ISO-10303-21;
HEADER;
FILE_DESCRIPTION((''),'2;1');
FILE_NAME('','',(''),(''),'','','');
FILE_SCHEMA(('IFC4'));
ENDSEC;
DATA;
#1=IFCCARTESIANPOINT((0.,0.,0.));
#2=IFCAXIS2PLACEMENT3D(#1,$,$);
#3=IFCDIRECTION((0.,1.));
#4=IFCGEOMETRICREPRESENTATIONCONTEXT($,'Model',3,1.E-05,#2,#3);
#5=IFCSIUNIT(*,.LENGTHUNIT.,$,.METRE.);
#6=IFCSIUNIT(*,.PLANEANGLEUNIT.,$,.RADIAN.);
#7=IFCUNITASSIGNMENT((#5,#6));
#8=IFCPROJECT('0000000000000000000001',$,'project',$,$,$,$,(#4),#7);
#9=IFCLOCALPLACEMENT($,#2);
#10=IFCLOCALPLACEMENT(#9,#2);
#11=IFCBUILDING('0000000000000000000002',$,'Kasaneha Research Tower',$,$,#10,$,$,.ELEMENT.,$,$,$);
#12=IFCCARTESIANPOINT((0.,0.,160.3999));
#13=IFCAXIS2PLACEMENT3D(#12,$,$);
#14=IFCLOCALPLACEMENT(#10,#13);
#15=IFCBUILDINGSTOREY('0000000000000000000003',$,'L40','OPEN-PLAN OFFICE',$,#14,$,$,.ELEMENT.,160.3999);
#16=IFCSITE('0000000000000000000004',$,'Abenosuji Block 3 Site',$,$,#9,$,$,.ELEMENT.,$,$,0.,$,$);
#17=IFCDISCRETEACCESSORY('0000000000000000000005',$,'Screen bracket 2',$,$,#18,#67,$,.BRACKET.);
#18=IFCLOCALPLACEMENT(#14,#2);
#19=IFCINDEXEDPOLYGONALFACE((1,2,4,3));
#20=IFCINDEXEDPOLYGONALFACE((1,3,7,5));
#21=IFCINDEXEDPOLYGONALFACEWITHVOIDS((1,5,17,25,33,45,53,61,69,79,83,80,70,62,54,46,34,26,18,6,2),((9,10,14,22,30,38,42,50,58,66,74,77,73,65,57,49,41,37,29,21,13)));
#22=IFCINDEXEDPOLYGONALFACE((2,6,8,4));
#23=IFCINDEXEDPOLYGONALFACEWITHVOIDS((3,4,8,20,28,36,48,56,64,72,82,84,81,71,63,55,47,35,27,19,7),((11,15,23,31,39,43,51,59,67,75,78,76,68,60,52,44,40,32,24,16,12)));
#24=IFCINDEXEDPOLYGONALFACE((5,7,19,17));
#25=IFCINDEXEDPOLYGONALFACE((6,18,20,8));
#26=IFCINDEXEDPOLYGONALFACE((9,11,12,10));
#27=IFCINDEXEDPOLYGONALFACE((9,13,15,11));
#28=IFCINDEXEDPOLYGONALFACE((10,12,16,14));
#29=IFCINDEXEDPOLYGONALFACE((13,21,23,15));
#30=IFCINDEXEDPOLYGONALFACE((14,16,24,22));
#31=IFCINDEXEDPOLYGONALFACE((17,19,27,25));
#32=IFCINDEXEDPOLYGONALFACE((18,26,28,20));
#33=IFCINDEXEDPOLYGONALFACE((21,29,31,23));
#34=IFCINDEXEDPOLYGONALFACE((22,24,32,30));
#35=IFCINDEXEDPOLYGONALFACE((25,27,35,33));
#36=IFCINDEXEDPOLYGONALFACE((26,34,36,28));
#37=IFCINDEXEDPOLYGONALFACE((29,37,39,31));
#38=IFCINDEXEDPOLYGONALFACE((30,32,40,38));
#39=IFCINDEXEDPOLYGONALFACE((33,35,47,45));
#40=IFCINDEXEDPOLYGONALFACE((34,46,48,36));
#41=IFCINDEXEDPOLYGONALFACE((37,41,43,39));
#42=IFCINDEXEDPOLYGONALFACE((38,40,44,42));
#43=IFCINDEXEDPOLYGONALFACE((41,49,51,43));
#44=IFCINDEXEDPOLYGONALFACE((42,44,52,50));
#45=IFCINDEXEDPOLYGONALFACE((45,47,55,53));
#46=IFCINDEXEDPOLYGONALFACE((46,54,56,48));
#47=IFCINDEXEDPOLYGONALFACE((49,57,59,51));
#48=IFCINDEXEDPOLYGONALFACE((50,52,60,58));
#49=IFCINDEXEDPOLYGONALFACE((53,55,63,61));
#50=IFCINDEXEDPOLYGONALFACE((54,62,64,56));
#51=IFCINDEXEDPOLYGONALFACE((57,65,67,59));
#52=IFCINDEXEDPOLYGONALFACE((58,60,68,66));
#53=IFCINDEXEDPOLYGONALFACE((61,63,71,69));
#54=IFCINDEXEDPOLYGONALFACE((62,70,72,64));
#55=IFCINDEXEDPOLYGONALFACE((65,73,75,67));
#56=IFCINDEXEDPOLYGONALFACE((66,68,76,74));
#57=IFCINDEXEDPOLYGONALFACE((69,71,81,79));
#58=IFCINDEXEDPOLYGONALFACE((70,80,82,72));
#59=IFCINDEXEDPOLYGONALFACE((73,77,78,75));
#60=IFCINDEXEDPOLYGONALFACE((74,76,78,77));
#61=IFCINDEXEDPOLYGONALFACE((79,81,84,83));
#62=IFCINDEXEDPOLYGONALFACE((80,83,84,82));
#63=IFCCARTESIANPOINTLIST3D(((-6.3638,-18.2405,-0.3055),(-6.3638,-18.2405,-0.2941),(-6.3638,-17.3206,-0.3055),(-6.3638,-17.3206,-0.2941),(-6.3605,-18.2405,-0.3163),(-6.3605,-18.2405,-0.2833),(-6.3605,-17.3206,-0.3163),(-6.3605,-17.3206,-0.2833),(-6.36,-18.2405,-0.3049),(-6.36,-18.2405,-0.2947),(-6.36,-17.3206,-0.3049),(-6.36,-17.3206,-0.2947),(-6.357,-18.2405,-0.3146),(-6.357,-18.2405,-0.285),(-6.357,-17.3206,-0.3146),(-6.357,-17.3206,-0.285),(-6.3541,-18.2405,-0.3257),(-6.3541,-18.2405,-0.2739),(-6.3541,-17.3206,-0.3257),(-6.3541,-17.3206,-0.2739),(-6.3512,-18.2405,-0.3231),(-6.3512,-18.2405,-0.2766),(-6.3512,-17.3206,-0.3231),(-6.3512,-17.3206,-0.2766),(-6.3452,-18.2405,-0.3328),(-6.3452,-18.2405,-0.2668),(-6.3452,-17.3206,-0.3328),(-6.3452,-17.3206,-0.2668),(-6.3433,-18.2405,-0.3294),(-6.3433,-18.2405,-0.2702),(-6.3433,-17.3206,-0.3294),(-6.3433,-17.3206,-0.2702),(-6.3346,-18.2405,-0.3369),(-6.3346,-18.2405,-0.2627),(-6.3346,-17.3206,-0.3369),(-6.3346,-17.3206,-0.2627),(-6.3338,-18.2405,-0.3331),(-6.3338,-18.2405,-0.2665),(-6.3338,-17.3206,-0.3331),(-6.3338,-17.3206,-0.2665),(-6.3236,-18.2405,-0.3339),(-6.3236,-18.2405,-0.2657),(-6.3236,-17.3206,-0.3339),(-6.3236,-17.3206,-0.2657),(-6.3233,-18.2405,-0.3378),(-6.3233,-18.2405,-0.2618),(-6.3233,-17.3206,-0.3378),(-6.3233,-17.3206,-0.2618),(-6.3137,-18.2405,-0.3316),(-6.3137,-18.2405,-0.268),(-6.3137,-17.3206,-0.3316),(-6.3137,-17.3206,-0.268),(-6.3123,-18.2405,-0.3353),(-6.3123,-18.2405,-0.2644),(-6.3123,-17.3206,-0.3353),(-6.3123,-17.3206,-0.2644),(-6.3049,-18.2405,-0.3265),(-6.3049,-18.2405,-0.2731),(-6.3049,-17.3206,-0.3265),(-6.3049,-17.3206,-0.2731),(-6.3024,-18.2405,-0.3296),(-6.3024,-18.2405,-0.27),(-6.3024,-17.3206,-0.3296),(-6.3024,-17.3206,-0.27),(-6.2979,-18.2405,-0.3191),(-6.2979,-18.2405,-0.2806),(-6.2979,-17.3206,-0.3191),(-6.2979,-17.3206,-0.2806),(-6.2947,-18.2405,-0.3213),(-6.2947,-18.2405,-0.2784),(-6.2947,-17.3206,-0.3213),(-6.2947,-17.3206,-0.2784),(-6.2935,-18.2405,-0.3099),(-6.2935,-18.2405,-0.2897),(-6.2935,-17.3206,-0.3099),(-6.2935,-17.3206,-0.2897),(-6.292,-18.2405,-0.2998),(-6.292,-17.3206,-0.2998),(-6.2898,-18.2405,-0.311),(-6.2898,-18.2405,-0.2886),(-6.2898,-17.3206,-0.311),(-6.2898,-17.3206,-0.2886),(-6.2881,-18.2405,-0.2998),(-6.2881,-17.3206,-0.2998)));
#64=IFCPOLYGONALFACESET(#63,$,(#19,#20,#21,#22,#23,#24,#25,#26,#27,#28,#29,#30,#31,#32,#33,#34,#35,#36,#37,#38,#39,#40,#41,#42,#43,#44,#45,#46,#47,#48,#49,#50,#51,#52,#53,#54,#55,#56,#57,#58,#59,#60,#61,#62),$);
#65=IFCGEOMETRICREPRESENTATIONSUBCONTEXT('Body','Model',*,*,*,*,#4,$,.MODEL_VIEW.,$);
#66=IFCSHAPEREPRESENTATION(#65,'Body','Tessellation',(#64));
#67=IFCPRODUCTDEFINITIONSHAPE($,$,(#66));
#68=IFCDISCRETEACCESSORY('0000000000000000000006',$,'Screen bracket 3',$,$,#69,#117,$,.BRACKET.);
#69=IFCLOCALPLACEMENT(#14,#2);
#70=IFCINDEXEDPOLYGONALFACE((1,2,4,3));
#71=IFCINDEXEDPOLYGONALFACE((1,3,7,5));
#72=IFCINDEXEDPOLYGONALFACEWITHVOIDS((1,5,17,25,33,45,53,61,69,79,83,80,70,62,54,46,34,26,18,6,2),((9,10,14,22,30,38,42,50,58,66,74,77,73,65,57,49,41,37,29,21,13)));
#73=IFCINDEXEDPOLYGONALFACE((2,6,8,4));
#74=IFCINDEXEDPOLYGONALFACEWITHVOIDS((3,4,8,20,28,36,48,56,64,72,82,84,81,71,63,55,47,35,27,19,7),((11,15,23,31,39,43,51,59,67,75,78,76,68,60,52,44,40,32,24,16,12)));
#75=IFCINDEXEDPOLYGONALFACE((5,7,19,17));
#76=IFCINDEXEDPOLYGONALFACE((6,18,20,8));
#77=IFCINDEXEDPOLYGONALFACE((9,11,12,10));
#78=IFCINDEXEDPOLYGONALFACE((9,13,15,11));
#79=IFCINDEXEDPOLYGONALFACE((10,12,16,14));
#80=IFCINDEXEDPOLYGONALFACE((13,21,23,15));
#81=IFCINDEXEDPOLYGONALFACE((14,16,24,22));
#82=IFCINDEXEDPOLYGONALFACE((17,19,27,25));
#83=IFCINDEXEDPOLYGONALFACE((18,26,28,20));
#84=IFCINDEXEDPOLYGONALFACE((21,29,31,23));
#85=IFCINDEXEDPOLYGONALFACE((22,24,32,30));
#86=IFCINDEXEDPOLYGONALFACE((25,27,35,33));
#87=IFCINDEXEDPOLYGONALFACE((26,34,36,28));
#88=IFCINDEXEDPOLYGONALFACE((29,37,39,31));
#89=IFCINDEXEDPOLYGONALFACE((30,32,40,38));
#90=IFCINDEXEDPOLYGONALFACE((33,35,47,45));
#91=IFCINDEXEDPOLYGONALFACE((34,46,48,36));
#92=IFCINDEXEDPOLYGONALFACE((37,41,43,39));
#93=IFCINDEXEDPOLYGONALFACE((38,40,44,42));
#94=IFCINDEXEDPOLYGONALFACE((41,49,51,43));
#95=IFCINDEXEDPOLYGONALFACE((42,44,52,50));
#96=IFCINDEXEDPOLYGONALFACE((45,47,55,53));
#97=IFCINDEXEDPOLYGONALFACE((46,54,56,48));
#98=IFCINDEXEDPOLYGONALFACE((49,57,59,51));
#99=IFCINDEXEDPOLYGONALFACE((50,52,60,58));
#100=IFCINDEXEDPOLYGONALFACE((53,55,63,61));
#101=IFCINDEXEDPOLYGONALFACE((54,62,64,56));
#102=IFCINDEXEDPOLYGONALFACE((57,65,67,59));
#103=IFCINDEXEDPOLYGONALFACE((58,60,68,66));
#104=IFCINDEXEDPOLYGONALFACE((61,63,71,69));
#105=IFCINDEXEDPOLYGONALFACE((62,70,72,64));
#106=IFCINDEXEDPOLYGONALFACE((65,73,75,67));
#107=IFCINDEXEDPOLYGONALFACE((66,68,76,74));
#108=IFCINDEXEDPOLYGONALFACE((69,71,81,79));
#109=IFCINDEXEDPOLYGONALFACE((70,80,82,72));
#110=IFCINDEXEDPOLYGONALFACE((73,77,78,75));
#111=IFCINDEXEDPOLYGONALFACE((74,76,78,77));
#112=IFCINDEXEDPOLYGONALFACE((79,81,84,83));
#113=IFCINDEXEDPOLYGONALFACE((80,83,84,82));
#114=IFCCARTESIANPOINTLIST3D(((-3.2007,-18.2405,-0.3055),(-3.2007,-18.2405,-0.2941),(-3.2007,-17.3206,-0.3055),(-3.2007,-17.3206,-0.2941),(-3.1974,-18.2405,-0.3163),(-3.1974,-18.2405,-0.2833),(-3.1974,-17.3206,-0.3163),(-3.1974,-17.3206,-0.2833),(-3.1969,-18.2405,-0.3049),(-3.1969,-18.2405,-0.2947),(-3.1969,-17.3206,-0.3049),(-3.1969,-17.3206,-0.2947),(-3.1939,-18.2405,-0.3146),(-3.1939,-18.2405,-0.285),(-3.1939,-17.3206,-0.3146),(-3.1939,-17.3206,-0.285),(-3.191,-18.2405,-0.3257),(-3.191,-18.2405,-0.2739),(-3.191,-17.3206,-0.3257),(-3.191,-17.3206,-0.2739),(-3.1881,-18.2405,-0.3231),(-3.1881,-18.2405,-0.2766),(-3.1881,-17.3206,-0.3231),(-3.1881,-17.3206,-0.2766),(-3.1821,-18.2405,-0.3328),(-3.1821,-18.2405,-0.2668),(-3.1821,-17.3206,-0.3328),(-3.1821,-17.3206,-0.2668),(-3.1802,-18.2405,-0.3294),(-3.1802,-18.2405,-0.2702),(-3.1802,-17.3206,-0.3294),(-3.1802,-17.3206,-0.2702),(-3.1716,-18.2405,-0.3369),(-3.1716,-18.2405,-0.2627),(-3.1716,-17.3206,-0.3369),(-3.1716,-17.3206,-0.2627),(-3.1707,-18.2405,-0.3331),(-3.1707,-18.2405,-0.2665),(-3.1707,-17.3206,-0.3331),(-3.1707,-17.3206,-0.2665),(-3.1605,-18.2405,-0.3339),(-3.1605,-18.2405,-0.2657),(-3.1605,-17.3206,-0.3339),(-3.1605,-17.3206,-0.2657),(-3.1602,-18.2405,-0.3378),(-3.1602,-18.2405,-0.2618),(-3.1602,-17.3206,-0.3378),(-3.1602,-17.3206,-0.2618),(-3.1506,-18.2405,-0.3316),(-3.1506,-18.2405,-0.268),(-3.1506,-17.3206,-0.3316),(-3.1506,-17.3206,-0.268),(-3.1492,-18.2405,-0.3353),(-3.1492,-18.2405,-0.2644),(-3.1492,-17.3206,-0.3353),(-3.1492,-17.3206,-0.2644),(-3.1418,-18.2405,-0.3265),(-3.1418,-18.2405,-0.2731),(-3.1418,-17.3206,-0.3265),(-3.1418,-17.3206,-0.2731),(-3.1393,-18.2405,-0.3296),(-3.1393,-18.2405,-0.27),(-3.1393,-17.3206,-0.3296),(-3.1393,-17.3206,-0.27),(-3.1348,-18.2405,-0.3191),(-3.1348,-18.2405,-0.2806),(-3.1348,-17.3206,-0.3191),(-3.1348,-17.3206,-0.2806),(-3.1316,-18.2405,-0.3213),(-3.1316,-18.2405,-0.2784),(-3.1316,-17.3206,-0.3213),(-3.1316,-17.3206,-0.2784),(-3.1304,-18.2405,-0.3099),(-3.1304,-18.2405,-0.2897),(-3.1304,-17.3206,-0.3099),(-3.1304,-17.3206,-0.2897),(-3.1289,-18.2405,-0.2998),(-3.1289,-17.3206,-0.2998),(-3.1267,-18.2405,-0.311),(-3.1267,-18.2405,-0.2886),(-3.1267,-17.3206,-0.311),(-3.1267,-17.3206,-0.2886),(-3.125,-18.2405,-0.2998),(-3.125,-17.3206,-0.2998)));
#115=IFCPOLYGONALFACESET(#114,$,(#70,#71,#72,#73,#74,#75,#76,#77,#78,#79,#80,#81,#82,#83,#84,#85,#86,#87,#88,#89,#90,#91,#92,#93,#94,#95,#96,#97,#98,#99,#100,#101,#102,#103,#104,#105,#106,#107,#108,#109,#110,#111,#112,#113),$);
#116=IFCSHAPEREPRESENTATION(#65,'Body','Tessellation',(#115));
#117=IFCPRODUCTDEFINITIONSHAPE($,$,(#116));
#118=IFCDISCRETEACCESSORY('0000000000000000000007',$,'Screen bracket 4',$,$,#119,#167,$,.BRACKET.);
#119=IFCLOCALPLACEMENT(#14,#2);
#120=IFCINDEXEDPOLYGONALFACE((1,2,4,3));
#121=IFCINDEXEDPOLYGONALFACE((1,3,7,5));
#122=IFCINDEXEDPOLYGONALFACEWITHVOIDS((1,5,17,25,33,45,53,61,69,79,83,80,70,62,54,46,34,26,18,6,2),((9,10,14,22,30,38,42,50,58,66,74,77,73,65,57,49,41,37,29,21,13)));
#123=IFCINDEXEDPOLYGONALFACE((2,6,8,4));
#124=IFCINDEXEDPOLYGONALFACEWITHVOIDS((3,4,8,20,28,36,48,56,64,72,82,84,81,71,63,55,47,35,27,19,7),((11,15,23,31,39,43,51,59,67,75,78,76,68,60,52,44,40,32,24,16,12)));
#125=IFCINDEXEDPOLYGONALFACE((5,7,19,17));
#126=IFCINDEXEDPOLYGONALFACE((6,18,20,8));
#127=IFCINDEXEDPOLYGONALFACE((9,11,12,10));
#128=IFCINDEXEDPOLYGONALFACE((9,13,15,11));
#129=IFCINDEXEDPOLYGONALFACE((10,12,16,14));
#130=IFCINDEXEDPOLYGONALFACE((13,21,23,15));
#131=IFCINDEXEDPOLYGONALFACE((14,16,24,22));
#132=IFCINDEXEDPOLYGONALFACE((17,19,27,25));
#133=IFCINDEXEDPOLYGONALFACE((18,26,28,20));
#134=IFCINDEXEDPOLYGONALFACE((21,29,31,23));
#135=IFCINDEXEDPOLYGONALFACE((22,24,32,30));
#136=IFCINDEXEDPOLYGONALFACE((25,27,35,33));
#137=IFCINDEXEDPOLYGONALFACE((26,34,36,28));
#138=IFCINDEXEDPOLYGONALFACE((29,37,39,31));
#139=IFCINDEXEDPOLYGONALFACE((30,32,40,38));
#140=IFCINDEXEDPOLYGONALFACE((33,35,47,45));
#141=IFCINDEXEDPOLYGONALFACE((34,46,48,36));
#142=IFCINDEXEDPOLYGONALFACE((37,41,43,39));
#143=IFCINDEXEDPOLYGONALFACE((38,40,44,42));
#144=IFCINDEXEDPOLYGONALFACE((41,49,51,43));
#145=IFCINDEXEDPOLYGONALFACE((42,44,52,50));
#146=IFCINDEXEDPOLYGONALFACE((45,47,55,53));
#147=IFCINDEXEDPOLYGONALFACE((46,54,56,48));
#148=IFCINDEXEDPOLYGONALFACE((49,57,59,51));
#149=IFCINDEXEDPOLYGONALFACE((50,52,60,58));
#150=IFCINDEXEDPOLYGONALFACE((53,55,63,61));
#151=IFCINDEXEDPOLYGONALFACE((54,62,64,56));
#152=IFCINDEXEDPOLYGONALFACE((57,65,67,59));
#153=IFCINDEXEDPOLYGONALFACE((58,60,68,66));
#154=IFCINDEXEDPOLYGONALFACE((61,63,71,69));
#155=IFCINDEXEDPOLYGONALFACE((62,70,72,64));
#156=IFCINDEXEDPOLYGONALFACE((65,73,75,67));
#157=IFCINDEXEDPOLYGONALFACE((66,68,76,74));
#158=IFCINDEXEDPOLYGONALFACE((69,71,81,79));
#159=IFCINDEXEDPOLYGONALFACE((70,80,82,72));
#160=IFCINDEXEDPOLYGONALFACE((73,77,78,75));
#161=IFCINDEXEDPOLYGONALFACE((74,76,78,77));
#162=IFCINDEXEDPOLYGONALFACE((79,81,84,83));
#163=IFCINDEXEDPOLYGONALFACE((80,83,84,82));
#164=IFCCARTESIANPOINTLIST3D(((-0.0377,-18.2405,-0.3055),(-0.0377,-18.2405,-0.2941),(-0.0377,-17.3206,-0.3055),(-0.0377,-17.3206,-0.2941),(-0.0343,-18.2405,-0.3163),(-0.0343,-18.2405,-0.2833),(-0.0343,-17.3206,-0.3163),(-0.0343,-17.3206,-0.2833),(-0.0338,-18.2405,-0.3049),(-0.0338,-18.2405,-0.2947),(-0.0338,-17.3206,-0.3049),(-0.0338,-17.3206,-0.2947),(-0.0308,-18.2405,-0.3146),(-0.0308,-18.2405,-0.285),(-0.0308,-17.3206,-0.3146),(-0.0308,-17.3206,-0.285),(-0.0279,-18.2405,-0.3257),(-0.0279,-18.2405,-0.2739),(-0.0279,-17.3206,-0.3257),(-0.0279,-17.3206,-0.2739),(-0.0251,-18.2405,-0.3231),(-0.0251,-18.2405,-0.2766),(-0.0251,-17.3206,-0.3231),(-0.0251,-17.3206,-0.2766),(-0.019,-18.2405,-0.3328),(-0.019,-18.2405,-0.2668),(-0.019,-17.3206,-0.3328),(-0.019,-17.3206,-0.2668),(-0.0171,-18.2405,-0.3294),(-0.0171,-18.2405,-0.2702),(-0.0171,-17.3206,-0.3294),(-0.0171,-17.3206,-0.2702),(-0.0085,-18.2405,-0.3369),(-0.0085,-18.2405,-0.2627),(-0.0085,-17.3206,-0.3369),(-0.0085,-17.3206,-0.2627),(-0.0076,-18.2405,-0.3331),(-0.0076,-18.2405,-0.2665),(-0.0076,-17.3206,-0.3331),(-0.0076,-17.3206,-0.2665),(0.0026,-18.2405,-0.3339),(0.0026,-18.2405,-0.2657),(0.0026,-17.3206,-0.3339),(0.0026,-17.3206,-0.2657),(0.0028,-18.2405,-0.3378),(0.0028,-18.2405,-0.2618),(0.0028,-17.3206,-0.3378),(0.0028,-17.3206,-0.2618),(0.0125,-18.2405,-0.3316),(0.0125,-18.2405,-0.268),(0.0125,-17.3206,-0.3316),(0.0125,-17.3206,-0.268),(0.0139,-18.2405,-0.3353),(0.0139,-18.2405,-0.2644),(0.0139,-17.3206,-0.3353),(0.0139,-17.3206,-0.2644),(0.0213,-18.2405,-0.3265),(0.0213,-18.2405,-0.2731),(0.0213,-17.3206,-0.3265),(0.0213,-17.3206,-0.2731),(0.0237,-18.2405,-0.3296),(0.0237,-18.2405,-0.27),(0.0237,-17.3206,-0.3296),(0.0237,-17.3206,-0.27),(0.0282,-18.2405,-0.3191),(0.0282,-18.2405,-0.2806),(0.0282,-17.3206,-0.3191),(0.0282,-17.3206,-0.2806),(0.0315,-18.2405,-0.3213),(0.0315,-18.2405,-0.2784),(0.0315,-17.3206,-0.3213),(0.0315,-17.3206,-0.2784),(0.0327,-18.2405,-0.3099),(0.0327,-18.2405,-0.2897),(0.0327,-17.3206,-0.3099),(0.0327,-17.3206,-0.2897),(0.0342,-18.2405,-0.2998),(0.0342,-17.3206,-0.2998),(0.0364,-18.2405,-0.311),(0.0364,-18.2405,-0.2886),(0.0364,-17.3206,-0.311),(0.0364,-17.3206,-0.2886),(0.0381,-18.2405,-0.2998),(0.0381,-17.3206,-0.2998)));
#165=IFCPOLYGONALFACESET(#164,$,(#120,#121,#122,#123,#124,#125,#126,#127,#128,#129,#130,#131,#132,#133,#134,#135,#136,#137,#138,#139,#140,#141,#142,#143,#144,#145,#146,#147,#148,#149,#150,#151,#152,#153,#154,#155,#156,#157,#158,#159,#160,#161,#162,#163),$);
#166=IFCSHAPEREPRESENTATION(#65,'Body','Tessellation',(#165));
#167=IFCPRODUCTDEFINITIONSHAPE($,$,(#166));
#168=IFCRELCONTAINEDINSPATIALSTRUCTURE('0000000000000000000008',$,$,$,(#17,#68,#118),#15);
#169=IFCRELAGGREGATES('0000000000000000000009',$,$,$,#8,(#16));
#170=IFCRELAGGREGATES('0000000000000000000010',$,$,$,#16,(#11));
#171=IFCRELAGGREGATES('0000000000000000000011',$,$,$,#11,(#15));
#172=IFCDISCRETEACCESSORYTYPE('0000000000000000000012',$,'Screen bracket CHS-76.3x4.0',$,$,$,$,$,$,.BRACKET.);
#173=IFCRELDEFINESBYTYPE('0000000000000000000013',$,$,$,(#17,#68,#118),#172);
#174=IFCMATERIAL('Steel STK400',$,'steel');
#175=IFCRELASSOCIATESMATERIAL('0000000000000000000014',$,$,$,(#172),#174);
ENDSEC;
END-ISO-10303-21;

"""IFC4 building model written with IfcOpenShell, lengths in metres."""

from ifc_helpers import new_model, si_unit, direction, frame, origin, origin_2d, place, context, subcontext, project, spatial, hollow_circle, extrude, material, material_profile, profile_set, type_object, element, save


model = new_model("IFC4")

# Units and contexts
model_context = context("Model", 3, precision=1e-05, world=origin(), true_north=direction((0.0, 1.0)))
body_context = subcontext(model_context, "Body", "Model", "MODEL_VIEW")
ifc_project = project(units=[si_unit("LENGTHUNIT", "METRE"), si_unit("PLANEANGLEUNIT", "RADIAN")], contexts=[model_context])

# Site, building, storey
site_placement = place(None, origin())
site = spatial("IfcSite", under=ifc_project, at=site_placement, Name="Abenosuji Block 3 Site", CompositionType="ELEMENT", RefElevation=0.0)
building_placement = place(site_placement, origin())
building = spatial("IfcBuilding", under=site, at=building_placement, Name="Kasaneha Research Tower", CompositionType="ELEMENT")
storey_placement = place(building_placement, frame((0.0, 0.0, 160.3999)))
storey = spatial("IfcBuildingStorey", under=building, at=storey_placement, Name="L40", Description="OPEN-PLAN OFFICE", CompositionType="ELEMENT", Elevation=160.3999)

# Discrete accessories
ifc_material_1 = material(Name="Steel STK400", Category="steel")
ifc_material_profile_1 = material_profile(ifc_material_1, hollow_circle(Radius=0.0381, WallThickness=0.0039, at=origin_2d()), Name="CHS-76.3x4.0")
ifc_profile_set_1 = profile_set([ifc_material_profile_1], Name="Steel STK400")
discrete_accessory_type = type_object("IfcDiscreteAccessoryType", Name="Screen bracket CHS-76.3x4.0", PredefinedType="BRACKET", material=ifc_profile_set_1)
for number, where, z_axis, x_axis, name in (
    (1, (-6.3262, -17.3206, -0.2998), (0.0, -1.0, 0.0), (1.0, 0.0, 0.0), "Screen bracket 2"),
    (2, (-3.1631, -17.3206, -0.2998), (0.0, -1.0, 0.0), (1.0, 0.0, 0.0), "Screen bracket 3"),
    (3, (0.0, -17.3206, -0.2998), (0.0, -1.0, 0.0), (1.0, 0.0, 0.0), "Screen bracket 4"),
):
    element("IfcDiscreteAccessory", number, at=place(storey_placement, frame(where, z_axis=z_axis, x_axis=x_axis)), inside=storey, type_object=discrete_accessory_type, Name=name, PredefinedType="BRACKET", context=body_context, shape_type="SweptSolid", body=[
        extrude(hollow_circle(Radius=0.0381, WallThickness=0.0039, at=origin_2d()), origin(), (0.0, 0.0, 1.0), 0.9199),
    ])

save(model, "model.ifc")
